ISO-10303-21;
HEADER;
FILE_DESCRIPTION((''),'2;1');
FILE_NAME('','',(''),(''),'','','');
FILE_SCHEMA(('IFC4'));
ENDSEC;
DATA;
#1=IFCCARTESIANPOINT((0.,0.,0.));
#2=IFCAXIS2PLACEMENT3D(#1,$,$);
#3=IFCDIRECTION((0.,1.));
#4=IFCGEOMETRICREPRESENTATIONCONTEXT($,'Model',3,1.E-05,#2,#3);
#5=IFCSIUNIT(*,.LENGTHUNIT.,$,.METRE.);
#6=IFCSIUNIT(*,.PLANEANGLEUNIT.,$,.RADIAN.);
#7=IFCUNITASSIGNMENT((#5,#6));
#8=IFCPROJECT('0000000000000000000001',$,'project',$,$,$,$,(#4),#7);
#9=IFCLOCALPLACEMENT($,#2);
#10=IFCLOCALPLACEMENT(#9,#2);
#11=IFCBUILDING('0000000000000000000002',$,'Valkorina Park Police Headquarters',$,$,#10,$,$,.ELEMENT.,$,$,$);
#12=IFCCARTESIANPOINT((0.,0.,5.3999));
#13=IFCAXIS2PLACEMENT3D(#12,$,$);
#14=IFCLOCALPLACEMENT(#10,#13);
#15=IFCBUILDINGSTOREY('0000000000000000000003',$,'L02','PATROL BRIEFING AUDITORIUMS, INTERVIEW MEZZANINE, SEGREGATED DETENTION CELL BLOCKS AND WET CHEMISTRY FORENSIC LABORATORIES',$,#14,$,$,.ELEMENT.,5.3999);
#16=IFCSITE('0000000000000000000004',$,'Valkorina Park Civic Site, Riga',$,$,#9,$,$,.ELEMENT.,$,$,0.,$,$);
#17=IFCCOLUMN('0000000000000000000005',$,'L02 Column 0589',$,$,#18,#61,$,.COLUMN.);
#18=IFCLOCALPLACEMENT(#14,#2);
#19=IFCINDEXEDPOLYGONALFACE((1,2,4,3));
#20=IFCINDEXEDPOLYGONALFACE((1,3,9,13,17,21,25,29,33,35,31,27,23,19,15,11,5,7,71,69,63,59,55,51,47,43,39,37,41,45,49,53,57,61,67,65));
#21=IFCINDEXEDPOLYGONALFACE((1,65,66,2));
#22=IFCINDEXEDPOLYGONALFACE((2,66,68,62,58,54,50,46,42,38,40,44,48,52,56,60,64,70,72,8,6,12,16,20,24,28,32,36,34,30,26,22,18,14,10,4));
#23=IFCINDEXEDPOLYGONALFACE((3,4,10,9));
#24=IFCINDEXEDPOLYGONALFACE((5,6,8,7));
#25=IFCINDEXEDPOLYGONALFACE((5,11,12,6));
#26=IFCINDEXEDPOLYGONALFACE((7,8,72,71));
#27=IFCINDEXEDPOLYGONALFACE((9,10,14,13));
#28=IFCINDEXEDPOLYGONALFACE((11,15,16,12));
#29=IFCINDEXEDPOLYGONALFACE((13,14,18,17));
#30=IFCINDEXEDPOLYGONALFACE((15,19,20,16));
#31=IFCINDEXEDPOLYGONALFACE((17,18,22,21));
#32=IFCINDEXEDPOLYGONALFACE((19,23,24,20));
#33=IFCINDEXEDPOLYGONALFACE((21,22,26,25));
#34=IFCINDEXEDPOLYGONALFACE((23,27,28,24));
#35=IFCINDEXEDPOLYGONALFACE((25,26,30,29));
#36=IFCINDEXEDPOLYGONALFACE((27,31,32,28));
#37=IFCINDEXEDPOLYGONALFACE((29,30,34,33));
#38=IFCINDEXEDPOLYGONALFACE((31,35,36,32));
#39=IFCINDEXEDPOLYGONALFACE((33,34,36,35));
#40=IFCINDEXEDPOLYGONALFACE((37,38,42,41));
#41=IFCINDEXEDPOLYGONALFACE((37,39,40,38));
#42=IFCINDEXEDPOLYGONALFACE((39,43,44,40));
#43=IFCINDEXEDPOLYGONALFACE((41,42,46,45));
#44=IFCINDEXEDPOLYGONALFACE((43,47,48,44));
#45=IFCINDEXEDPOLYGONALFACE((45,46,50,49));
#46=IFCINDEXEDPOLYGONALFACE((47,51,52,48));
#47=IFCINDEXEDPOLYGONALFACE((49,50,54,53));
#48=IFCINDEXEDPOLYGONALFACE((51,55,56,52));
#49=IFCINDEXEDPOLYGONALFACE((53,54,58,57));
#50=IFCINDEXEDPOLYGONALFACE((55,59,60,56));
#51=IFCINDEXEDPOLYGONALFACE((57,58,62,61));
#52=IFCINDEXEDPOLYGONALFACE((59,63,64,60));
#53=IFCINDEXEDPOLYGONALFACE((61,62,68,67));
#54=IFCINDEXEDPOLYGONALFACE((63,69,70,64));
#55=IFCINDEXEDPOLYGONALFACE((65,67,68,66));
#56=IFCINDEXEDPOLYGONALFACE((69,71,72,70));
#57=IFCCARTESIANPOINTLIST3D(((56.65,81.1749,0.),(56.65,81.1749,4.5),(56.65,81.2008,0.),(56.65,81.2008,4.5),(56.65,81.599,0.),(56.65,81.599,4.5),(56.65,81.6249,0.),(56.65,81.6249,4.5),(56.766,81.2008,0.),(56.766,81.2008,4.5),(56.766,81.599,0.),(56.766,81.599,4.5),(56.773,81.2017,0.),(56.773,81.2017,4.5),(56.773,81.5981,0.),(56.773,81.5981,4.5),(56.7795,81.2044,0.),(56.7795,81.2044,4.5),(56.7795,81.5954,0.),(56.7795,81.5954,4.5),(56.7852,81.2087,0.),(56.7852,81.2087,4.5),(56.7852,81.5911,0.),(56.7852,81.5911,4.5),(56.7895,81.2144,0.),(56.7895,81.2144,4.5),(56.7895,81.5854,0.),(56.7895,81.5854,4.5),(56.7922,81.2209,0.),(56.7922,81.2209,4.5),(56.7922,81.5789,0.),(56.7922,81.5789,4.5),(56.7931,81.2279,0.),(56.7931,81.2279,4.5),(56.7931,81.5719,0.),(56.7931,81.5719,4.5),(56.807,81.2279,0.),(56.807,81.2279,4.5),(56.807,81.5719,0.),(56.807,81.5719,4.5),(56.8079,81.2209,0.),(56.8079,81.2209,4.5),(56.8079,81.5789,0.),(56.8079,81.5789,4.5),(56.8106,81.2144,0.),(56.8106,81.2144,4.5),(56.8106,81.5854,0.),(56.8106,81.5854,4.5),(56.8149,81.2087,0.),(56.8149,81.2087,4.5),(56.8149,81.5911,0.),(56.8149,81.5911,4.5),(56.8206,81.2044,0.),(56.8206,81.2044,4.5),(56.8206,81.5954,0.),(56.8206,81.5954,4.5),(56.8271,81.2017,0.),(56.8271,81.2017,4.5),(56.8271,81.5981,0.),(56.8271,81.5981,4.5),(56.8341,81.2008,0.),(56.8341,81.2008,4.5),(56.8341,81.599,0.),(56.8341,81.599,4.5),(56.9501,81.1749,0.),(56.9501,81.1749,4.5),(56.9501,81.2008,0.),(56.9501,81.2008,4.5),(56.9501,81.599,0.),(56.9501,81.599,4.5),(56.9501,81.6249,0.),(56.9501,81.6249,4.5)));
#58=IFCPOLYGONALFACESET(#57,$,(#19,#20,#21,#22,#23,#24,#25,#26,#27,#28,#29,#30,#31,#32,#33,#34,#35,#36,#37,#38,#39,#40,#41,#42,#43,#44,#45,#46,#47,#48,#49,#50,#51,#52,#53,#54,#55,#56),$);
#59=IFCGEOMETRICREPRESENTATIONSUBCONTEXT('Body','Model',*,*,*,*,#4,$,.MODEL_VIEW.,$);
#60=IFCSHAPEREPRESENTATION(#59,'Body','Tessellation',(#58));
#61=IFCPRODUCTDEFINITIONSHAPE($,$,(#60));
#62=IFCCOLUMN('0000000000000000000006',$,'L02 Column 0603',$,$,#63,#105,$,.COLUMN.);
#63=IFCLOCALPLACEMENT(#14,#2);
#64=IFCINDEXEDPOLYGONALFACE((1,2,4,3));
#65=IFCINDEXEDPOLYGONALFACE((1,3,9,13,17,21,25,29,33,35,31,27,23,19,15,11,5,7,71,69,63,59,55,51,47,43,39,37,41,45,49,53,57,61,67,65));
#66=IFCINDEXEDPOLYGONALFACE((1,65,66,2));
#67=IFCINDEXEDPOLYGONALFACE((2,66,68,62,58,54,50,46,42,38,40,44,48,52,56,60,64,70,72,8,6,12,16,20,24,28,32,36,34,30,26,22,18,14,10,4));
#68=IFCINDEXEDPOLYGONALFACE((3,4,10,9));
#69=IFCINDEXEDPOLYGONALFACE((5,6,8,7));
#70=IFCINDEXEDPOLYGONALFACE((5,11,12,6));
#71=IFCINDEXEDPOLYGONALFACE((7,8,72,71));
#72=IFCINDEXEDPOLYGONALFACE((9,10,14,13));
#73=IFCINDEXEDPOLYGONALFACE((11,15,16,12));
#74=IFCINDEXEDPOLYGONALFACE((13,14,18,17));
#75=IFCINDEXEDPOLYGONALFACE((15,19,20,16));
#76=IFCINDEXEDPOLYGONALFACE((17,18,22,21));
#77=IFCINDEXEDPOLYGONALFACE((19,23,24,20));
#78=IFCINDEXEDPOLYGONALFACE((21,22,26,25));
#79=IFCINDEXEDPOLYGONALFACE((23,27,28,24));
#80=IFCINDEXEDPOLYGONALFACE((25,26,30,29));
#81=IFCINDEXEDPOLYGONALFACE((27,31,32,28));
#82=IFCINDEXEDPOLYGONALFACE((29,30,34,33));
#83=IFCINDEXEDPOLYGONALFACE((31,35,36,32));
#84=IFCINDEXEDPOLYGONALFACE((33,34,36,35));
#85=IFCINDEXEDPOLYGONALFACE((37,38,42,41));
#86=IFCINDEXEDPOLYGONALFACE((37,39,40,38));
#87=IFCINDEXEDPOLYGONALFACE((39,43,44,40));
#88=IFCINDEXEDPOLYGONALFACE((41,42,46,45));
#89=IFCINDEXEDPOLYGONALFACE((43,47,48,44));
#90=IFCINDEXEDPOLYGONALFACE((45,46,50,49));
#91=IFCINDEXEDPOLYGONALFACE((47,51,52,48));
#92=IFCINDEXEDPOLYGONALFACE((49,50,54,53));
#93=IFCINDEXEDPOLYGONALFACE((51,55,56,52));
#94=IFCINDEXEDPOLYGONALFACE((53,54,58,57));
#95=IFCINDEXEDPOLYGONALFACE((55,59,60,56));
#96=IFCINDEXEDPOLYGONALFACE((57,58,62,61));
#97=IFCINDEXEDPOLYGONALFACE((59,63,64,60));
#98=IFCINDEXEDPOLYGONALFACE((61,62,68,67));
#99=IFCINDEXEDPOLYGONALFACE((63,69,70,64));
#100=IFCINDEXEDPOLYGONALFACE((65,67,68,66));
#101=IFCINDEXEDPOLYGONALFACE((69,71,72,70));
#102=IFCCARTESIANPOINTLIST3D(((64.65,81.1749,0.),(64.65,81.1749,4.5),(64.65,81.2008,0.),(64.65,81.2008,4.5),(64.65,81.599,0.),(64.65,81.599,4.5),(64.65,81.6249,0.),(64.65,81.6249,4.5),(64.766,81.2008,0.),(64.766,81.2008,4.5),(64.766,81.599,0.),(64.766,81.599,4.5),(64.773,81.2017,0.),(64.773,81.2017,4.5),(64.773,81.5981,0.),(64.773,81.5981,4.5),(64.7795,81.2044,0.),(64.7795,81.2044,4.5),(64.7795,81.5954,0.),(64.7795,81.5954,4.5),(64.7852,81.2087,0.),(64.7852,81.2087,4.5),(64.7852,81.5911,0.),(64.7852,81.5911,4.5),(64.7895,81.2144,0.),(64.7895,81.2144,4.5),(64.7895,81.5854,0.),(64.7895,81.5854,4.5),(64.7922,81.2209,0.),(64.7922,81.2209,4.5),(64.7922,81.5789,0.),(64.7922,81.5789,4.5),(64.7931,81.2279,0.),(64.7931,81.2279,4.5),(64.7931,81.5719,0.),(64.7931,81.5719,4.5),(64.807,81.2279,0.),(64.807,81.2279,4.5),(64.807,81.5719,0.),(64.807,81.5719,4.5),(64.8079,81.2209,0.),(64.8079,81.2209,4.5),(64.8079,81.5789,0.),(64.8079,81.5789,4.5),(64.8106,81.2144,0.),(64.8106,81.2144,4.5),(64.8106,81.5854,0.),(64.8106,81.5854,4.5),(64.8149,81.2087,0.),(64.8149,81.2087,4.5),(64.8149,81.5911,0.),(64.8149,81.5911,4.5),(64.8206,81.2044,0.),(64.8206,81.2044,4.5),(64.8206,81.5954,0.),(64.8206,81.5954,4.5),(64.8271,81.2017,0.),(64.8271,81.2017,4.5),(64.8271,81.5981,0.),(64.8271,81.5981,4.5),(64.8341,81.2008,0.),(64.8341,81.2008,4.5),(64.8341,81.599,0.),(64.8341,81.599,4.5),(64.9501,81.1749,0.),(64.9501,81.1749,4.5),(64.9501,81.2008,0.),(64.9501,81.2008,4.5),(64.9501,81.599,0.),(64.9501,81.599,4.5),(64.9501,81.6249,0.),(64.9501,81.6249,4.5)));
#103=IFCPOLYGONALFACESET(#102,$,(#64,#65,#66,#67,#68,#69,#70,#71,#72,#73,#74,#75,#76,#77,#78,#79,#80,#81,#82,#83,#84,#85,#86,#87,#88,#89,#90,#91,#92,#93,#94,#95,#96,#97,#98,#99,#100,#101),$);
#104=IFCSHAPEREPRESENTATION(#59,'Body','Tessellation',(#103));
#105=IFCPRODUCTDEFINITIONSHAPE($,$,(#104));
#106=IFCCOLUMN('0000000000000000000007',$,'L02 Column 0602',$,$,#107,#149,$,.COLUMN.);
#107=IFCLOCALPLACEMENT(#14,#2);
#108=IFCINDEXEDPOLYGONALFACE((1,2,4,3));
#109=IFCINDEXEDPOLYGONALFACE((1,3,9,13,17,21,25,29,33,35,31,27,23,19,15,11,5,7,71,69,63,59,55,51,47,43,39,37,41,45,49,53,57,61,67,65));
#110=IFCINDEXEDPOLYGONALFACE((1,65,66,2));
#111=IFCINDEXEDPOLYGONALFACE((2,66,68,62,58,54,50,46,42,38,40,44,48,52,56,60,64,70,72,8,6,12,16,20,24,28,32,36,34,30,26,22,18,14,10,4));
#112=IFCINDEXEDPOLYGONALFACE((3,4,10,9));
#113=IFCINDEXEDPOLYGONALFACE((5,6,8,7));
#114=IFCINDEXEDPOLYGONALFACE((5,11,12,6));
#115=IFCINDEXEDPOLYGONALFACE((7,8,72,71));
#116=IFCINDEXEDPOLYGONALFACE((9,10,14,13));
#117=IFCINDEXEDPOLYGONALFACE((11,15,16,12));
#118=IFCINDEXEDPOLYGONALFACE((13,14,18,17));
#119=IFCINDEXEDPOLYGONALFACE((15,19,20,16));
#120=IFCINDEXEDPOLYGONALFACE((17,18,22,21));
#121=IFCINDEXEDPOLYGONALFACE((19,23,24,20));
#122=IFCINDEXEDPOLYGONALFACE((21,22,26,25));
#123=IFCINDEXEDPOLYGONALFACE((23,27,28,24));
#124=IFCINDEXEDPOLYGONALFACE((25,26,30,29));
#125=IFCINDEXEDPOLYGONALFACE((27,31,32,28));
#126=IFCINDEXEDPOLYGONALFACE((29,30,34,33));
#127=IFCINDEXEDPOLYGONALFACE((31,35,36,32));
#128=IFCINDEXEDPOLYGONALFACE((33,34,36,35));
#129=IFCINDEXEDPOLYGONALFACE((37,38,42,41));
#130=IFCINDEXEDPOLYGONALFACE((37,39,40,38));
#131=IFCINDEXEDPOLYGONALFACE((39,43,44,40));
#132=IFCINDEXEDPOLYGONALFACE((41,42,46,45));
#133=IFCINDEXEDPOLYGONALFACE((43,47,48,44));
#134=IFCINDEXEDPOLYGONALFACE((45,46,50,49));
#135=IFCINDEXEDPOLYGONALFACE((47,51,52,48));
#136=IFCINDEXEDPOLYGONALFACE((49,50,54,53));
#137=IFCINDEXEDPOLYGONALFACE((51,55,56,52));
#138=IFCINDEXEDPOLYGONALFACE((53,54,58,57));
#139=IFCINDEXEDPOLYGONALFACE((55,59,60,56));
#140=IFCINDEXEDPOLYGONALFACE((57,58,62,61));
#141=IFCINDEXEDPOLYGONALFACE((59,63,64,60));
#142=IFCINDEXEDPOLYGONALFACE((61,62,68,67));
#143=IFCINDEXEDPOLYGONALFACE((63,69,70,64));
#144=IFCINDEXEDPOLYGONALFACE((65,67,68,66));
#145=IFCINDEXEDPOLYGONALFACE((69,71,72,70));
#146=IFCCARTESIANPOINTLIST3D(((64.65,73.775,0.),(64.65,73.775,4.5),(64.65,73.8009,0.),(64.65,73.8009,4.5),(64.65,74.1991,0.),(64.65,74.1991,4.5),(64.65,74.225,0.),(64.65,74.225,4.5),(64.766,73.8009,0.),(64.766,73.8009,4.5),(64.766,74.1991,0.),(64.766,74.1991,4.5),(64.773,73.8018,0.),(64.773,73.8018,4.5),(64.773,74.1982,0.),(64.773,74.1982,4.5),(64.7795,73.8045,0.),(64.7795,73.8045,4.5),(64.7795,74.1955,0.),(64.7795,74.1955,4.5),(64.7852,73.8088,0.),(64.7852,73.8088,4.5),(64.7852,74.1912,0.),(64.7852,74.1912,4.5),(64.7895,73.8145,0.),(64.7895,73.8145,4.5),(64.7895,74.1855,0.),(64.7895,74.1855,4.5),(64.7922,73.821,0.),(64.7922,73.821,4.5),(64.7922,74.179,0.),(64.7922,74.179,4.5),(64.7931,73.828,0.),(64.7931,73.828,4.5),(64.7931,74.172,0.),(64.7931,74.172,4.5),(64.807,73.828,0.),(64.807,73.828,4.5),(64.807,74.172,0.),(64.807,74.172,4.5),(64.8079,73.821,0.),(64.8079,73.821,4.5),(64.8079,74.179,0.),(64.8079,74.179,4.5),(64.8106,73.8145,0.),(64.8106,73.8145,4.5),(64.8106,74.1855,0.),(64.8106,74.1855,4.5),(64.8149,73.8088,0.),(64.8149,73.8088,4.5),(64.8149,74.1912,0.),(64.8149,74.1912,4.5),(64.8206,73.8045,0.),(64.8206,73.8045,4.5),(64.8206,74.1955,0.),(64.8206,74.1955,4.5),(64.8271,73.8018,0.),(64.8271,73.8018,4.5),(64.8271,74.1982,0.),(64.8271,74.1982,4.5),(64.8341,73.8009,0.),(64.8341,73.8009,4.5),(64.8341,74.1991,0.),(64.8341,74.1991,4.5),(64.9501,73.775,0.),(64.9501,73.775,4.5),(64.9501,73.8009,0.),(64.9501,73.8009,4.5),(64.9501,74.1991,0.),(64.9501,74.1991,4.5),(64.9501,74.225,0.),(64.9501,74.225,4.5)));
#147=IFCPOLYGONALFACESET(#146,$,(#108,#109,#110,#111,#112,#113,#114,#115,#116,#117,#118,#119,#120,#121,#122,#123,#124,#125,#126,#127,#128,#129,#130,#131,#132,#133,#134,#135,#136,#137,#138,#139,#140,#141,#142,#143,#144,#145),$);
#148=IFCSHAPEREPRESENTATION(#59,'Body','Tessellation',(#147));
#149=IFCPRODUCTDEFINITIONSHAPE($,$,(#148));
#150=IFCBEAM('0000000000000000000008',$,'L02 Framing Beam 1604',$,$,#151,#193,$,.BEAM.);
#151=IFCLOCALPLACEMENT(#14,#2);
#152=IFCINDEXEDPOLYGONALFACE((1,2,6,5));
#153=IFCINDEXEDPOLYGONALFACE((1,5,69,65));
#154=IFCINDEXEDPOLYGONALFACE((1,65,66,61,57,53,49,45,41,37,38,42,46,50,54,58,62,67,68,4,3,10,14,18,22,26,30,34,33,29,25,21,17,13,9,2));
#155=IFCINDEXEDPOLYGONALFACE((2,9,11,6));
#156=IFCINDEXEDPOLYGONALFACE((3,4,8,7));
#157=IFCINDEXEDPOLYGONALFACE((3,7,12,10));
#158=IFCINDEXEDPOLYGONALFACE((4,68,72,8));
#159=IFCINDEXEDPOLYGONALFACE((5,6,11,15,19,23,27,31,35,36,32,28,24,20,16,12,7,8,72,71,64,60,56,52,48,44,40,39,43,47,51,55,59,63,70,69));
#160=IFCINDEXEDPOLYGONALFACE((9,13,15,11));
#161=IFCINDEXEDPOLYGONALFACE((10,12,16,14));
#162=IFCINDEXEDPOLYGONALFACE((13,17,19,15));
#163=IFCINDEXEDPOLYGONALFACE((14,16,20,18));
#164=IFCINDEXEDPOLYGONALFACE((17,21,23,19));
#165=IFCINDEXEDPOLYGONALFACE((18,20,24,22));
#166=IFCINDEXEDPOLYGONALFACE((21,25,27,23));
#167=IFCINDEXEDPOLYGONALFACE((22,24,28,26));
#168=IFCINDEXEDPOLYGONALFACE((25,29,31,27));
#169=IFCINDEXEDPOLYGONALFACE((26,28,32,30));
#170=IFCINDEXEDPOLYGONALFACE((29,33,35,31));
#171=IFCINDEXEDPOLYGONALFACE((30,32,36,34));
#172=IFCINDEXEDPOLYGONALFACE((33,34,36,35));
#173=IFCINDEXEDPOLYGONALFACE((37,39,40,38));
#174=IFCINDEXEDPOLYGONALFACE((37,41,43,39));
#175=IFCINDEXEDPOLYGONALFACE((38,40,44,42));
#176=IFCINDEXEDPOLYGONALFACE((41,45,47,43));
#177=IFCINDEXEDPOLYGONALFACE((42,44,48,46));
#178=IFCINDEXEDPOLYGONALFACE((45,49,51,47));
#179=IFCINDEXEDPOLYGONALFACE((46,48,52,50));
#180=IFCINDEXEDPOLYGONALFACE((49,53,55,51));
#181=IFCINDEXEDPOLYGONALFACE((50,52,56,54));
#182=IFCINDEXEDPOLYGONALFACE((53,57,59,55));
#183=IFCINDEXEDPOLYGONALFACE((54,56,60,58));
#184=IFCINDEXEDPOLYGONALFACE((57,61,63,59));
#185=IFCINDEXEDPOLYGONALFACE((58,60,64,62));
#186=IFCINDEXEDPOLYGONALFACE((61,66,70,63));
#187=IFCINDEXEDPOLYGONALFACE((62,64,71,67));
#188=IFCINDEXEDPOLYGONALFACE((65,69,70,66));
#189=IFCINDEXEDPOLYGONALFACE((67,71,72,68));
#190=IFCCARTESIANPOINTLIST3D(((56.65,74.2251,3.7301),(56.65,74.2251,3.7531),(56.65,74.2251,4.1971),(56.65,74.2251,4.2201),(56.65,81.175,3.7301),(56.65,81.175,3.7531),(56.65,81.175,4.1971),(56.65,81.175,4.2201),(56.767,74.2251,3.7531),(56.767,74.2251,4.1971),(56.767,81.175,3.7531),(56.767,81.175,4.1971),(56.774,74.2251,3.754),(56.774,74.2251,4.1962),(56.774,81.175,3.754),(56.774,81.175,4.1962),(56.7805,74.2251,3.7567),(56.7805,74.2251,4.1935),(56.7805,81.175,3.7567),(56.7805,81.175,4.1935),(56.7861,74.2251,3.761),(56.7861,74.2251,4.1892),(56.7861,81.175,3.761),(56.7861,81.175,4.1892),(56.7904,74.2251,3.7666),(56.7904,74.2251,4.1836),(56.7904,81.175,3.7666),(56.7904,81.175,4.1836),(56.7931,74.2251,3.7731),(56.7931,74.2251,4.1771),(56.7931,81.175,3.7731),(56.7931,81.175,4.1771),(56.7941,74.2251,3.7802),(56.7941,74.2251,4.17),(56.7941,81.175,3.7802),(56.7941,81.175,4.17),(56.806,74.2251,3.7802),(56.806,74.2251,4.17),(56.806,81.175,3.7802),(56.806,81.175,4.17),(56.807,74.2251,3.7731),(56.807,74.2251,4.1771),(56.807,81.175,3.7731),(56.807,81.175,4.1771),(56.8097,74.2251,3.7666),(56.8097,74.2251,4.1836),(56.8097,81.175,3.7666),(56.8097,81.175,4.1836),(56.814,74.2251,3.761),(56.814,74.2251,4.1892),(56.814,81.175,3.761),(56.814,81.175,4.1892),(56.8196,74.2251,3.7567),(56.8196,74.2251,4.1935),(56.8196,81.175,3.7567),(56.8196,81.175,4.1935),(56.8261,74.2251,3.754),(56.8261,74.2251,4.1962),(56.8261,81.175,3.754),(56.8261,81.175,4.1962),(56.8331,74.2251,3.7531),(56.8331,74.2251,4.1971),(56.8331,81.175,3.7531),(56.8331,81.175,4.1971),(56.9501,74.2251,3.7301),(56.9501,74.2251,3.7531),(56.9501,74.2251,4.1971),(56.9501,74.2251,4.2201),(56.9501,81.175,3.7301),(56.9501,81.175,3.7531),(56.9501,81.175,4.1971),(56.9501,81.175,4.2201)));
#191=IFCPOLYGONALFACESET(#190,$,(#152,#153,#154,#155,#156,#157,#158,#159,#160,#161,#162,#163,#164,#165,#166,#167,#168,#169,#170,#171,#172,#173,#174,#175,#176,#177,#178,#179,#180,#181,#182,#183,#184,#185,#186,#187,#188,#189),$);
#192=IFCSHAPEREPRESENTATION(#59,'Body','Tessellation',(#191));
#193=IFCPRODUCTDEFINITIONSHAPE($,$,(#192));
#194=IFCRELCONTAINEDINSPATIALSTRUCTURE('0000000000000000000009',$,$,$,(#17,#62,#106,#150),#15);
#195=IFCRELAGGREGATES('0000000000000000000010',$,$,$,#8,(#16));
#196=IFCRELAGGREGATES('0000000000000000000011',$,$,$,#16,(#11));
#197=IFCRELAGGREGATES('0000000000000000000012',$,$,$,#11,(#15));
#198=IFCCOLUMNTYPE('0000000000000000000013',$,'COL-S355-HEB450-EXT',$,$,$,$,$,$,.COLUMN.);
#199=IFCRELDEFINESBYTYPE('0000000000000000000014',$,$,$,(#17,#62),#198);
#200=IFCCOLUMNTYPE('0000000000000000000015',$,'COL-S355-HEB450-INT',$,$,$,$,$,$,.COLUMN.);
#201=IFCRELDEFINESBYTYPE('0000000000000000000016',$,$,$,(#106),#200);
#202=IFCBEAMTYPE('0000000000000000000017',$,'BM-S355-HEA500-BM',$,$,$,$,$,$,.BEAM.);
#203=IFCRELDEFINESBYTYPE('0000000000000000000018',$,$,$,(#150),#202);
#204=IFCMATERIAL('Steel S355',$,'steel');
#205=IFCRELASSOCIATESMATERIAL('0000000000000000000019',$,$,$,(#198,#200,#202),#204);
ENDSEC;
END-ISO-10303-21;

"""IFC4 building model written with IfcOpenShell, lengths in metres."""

from ifc_helpers import new_model, si_unit, direction, frame, origin, origin_2d, place, context, subcontext, project, spatial, i_section, extrude, material, material_profile, profile_set, type_object, element, save


model = new_model("IFC4")

# Units and contexts
model_context = context("Model", 3, precision=1e-05, world=origin(), true_north=direction((0.0, 1.0)))
body_context = subcontext(model_context, "Body", "Model", "MODEL_VIEW")
ifc_project = project(units=[si_unit("LENGTHUNIT", "METRE"), si_unit("PLANEANGLEUNIT", "RADIAN")], contexts=[model_context])

# Site, building, storey
site_placement = place(None, origin())
site = spatial("IfcSite", under=ifc_project, at=site_placement, Name="Valkorina Park Civic Site, Riga", CompositionType="ELEMENT", RefElevation=0.0)
building_placement = place(site_placement, origin())
building = spatial("IfcBuilding", under=site, at=building_placement, Name="Valkorina Park Police Headquarters", CompositionType="ELEMENT")
storey_placement = place(building_placement, frame((0.0, 0.0, 5.3999)))
storey = spatial("IfcBuildingStorey", under=building, at=storey_placement, Name="L02", Description="PATROL BRIEFING AUDITORIUMS, INTERVIEW MEZZANINE, SEGREGATED DETENTION CELL BLOCKS AND WET CHEMISTRY FORENSIC LABORATORIES", CompositionType="ELEMENT", Elevation=5.3999)

# Columns
ifc_material_1 = material(Name="Steel S355", Category="steel")
ifc_material_profile_1 = material_profile(ifc_material_1, i_section(OverallWidth=0.3, OverallDepth=0.45, WebThickness=0.0139, FlangeThickness=0.0259, FilletRadius=0.0271, at=origin_2d()), Name="HEB 450")
ifc_profile_set_1 = profile_set([ifc_material_profile_1], Name="Steel S355")
column_type_1 = type_object("IfcColumnType", Name="COL-S355-HEB450-EXT", PredefinedType="COLUMN", material=ifc_profile_set_1)
for number, where, z_axis, x_axis, name in (
    (1, (56.8, 81.3999, 0.0), (0.0, 0.0, 1.0), (1.0, 0.0, 0.0), "L02 Column 0589"),
    (2, (64.8, 81.3999, 0.0), (0.0, 0.0, 1.0), (1.0, 0.0, 0.0), "L02 Column 0603"),
):
    element("IfcColumn", number, at=place(storey_placement, frame(where, z_axis=z_axis, x_axis=x_axis)), inside=storey, type_object=column_type_1, Name=name, PredefinedType="COLUMN", context=body_context, shape_type="SweptSolid", body=[
        extrude(i_section(OverallWidth=0.3, OverallDepth=0.45, WebThickness=0.0139, FlangeThickness=0.0259, FilletRadius=0.0271, at=origin_2d()), origin(), (0.0, 0.0, 1.0), 4.5),
    ])
ifc_material_profile_2 = material_profile(ifc_material_1, i_section(OverallWidth=0.3, OverallDepth=0.45, WebThickness=0.0139, FlangeThickness=0.0259, FilletRadius=0.0271, at=origin_2d()), Name="HEB 450")
ifc_profile_set_2 = profile_set([ifc_material_profile_2], Name="Steel S355")
column_type_2 = type_object("IfcColumnType", Name="COL-S355-HEB450-INT", PredefinedType="COLUMN", material=ifc_profile_set_2)
column_placement = place(storey_placement, frame((64.8, 74.0, 0.0), z_axis=(0.0, 0.0, 1.0), x_axis=(1.0, 0.0, 0.0)))
element("IfcColumn", 3, at=column_placement, inside=storey, type_object=column_type_2, Name="L02 Column 0602", PredefinedType="COLUMN", context=body_context, shape_type="SweptSolid", body=[
    extrude(i_section(OverallWidth=0.3, OverallDepth=0.45, WebThickness=0.0139, FlangeThickness=0.0259, FilletRadius=0.0271, at=origin_2d()), origin(), (0.0, 0.0, 1.0), 4.5),
])

# Beam
ifc_material_profile_3 = material_profile(ifc_material_1, i_section(OverallWidth=0.3, OverallDepth=0.49, WebThickness=0.012, FlangeThickness=0.0229, FilletRadius=0.0271, at=origin_2d()), Name="HEA 500")
ifc_profile_set_3 = profile_set([ifc_material_profile_3], Name="Steel S355")
beam_type_1 = type_object("IfcBeamType", Name="BM-S355-HEA500-BM", PredefinedType="BEAM", material=ifc_profile_set_3)
for number, where, z_axis, x_axis, name in (
    (4, (56.8, 74.2251, 3.9751), (0.0, 1.0, 0.0), (-1.0, 0.0, 0.0), "L02 Framing Beam 1604"),
):
    element("IfcBeam", number, at=place(storey_placement, frame(where, z_axis=z_axis, x_axis=x_axis)), inside=storey, type_object=beam_type_1, Name=name, PredefinedType="BEAM", context=body_context, shape_type="SweptSolid", body=[
        extrude(i_section(OverallWidth=0.3, OverallDepth=0.49, WebThickness=0.012, FlangeThickness=0.0229, FilletRadius=0.0271, at=origin_2d()), origin(), (0.0, 0.0, 1.0), 6.95),
    ])

save(model, "model.ifc")
